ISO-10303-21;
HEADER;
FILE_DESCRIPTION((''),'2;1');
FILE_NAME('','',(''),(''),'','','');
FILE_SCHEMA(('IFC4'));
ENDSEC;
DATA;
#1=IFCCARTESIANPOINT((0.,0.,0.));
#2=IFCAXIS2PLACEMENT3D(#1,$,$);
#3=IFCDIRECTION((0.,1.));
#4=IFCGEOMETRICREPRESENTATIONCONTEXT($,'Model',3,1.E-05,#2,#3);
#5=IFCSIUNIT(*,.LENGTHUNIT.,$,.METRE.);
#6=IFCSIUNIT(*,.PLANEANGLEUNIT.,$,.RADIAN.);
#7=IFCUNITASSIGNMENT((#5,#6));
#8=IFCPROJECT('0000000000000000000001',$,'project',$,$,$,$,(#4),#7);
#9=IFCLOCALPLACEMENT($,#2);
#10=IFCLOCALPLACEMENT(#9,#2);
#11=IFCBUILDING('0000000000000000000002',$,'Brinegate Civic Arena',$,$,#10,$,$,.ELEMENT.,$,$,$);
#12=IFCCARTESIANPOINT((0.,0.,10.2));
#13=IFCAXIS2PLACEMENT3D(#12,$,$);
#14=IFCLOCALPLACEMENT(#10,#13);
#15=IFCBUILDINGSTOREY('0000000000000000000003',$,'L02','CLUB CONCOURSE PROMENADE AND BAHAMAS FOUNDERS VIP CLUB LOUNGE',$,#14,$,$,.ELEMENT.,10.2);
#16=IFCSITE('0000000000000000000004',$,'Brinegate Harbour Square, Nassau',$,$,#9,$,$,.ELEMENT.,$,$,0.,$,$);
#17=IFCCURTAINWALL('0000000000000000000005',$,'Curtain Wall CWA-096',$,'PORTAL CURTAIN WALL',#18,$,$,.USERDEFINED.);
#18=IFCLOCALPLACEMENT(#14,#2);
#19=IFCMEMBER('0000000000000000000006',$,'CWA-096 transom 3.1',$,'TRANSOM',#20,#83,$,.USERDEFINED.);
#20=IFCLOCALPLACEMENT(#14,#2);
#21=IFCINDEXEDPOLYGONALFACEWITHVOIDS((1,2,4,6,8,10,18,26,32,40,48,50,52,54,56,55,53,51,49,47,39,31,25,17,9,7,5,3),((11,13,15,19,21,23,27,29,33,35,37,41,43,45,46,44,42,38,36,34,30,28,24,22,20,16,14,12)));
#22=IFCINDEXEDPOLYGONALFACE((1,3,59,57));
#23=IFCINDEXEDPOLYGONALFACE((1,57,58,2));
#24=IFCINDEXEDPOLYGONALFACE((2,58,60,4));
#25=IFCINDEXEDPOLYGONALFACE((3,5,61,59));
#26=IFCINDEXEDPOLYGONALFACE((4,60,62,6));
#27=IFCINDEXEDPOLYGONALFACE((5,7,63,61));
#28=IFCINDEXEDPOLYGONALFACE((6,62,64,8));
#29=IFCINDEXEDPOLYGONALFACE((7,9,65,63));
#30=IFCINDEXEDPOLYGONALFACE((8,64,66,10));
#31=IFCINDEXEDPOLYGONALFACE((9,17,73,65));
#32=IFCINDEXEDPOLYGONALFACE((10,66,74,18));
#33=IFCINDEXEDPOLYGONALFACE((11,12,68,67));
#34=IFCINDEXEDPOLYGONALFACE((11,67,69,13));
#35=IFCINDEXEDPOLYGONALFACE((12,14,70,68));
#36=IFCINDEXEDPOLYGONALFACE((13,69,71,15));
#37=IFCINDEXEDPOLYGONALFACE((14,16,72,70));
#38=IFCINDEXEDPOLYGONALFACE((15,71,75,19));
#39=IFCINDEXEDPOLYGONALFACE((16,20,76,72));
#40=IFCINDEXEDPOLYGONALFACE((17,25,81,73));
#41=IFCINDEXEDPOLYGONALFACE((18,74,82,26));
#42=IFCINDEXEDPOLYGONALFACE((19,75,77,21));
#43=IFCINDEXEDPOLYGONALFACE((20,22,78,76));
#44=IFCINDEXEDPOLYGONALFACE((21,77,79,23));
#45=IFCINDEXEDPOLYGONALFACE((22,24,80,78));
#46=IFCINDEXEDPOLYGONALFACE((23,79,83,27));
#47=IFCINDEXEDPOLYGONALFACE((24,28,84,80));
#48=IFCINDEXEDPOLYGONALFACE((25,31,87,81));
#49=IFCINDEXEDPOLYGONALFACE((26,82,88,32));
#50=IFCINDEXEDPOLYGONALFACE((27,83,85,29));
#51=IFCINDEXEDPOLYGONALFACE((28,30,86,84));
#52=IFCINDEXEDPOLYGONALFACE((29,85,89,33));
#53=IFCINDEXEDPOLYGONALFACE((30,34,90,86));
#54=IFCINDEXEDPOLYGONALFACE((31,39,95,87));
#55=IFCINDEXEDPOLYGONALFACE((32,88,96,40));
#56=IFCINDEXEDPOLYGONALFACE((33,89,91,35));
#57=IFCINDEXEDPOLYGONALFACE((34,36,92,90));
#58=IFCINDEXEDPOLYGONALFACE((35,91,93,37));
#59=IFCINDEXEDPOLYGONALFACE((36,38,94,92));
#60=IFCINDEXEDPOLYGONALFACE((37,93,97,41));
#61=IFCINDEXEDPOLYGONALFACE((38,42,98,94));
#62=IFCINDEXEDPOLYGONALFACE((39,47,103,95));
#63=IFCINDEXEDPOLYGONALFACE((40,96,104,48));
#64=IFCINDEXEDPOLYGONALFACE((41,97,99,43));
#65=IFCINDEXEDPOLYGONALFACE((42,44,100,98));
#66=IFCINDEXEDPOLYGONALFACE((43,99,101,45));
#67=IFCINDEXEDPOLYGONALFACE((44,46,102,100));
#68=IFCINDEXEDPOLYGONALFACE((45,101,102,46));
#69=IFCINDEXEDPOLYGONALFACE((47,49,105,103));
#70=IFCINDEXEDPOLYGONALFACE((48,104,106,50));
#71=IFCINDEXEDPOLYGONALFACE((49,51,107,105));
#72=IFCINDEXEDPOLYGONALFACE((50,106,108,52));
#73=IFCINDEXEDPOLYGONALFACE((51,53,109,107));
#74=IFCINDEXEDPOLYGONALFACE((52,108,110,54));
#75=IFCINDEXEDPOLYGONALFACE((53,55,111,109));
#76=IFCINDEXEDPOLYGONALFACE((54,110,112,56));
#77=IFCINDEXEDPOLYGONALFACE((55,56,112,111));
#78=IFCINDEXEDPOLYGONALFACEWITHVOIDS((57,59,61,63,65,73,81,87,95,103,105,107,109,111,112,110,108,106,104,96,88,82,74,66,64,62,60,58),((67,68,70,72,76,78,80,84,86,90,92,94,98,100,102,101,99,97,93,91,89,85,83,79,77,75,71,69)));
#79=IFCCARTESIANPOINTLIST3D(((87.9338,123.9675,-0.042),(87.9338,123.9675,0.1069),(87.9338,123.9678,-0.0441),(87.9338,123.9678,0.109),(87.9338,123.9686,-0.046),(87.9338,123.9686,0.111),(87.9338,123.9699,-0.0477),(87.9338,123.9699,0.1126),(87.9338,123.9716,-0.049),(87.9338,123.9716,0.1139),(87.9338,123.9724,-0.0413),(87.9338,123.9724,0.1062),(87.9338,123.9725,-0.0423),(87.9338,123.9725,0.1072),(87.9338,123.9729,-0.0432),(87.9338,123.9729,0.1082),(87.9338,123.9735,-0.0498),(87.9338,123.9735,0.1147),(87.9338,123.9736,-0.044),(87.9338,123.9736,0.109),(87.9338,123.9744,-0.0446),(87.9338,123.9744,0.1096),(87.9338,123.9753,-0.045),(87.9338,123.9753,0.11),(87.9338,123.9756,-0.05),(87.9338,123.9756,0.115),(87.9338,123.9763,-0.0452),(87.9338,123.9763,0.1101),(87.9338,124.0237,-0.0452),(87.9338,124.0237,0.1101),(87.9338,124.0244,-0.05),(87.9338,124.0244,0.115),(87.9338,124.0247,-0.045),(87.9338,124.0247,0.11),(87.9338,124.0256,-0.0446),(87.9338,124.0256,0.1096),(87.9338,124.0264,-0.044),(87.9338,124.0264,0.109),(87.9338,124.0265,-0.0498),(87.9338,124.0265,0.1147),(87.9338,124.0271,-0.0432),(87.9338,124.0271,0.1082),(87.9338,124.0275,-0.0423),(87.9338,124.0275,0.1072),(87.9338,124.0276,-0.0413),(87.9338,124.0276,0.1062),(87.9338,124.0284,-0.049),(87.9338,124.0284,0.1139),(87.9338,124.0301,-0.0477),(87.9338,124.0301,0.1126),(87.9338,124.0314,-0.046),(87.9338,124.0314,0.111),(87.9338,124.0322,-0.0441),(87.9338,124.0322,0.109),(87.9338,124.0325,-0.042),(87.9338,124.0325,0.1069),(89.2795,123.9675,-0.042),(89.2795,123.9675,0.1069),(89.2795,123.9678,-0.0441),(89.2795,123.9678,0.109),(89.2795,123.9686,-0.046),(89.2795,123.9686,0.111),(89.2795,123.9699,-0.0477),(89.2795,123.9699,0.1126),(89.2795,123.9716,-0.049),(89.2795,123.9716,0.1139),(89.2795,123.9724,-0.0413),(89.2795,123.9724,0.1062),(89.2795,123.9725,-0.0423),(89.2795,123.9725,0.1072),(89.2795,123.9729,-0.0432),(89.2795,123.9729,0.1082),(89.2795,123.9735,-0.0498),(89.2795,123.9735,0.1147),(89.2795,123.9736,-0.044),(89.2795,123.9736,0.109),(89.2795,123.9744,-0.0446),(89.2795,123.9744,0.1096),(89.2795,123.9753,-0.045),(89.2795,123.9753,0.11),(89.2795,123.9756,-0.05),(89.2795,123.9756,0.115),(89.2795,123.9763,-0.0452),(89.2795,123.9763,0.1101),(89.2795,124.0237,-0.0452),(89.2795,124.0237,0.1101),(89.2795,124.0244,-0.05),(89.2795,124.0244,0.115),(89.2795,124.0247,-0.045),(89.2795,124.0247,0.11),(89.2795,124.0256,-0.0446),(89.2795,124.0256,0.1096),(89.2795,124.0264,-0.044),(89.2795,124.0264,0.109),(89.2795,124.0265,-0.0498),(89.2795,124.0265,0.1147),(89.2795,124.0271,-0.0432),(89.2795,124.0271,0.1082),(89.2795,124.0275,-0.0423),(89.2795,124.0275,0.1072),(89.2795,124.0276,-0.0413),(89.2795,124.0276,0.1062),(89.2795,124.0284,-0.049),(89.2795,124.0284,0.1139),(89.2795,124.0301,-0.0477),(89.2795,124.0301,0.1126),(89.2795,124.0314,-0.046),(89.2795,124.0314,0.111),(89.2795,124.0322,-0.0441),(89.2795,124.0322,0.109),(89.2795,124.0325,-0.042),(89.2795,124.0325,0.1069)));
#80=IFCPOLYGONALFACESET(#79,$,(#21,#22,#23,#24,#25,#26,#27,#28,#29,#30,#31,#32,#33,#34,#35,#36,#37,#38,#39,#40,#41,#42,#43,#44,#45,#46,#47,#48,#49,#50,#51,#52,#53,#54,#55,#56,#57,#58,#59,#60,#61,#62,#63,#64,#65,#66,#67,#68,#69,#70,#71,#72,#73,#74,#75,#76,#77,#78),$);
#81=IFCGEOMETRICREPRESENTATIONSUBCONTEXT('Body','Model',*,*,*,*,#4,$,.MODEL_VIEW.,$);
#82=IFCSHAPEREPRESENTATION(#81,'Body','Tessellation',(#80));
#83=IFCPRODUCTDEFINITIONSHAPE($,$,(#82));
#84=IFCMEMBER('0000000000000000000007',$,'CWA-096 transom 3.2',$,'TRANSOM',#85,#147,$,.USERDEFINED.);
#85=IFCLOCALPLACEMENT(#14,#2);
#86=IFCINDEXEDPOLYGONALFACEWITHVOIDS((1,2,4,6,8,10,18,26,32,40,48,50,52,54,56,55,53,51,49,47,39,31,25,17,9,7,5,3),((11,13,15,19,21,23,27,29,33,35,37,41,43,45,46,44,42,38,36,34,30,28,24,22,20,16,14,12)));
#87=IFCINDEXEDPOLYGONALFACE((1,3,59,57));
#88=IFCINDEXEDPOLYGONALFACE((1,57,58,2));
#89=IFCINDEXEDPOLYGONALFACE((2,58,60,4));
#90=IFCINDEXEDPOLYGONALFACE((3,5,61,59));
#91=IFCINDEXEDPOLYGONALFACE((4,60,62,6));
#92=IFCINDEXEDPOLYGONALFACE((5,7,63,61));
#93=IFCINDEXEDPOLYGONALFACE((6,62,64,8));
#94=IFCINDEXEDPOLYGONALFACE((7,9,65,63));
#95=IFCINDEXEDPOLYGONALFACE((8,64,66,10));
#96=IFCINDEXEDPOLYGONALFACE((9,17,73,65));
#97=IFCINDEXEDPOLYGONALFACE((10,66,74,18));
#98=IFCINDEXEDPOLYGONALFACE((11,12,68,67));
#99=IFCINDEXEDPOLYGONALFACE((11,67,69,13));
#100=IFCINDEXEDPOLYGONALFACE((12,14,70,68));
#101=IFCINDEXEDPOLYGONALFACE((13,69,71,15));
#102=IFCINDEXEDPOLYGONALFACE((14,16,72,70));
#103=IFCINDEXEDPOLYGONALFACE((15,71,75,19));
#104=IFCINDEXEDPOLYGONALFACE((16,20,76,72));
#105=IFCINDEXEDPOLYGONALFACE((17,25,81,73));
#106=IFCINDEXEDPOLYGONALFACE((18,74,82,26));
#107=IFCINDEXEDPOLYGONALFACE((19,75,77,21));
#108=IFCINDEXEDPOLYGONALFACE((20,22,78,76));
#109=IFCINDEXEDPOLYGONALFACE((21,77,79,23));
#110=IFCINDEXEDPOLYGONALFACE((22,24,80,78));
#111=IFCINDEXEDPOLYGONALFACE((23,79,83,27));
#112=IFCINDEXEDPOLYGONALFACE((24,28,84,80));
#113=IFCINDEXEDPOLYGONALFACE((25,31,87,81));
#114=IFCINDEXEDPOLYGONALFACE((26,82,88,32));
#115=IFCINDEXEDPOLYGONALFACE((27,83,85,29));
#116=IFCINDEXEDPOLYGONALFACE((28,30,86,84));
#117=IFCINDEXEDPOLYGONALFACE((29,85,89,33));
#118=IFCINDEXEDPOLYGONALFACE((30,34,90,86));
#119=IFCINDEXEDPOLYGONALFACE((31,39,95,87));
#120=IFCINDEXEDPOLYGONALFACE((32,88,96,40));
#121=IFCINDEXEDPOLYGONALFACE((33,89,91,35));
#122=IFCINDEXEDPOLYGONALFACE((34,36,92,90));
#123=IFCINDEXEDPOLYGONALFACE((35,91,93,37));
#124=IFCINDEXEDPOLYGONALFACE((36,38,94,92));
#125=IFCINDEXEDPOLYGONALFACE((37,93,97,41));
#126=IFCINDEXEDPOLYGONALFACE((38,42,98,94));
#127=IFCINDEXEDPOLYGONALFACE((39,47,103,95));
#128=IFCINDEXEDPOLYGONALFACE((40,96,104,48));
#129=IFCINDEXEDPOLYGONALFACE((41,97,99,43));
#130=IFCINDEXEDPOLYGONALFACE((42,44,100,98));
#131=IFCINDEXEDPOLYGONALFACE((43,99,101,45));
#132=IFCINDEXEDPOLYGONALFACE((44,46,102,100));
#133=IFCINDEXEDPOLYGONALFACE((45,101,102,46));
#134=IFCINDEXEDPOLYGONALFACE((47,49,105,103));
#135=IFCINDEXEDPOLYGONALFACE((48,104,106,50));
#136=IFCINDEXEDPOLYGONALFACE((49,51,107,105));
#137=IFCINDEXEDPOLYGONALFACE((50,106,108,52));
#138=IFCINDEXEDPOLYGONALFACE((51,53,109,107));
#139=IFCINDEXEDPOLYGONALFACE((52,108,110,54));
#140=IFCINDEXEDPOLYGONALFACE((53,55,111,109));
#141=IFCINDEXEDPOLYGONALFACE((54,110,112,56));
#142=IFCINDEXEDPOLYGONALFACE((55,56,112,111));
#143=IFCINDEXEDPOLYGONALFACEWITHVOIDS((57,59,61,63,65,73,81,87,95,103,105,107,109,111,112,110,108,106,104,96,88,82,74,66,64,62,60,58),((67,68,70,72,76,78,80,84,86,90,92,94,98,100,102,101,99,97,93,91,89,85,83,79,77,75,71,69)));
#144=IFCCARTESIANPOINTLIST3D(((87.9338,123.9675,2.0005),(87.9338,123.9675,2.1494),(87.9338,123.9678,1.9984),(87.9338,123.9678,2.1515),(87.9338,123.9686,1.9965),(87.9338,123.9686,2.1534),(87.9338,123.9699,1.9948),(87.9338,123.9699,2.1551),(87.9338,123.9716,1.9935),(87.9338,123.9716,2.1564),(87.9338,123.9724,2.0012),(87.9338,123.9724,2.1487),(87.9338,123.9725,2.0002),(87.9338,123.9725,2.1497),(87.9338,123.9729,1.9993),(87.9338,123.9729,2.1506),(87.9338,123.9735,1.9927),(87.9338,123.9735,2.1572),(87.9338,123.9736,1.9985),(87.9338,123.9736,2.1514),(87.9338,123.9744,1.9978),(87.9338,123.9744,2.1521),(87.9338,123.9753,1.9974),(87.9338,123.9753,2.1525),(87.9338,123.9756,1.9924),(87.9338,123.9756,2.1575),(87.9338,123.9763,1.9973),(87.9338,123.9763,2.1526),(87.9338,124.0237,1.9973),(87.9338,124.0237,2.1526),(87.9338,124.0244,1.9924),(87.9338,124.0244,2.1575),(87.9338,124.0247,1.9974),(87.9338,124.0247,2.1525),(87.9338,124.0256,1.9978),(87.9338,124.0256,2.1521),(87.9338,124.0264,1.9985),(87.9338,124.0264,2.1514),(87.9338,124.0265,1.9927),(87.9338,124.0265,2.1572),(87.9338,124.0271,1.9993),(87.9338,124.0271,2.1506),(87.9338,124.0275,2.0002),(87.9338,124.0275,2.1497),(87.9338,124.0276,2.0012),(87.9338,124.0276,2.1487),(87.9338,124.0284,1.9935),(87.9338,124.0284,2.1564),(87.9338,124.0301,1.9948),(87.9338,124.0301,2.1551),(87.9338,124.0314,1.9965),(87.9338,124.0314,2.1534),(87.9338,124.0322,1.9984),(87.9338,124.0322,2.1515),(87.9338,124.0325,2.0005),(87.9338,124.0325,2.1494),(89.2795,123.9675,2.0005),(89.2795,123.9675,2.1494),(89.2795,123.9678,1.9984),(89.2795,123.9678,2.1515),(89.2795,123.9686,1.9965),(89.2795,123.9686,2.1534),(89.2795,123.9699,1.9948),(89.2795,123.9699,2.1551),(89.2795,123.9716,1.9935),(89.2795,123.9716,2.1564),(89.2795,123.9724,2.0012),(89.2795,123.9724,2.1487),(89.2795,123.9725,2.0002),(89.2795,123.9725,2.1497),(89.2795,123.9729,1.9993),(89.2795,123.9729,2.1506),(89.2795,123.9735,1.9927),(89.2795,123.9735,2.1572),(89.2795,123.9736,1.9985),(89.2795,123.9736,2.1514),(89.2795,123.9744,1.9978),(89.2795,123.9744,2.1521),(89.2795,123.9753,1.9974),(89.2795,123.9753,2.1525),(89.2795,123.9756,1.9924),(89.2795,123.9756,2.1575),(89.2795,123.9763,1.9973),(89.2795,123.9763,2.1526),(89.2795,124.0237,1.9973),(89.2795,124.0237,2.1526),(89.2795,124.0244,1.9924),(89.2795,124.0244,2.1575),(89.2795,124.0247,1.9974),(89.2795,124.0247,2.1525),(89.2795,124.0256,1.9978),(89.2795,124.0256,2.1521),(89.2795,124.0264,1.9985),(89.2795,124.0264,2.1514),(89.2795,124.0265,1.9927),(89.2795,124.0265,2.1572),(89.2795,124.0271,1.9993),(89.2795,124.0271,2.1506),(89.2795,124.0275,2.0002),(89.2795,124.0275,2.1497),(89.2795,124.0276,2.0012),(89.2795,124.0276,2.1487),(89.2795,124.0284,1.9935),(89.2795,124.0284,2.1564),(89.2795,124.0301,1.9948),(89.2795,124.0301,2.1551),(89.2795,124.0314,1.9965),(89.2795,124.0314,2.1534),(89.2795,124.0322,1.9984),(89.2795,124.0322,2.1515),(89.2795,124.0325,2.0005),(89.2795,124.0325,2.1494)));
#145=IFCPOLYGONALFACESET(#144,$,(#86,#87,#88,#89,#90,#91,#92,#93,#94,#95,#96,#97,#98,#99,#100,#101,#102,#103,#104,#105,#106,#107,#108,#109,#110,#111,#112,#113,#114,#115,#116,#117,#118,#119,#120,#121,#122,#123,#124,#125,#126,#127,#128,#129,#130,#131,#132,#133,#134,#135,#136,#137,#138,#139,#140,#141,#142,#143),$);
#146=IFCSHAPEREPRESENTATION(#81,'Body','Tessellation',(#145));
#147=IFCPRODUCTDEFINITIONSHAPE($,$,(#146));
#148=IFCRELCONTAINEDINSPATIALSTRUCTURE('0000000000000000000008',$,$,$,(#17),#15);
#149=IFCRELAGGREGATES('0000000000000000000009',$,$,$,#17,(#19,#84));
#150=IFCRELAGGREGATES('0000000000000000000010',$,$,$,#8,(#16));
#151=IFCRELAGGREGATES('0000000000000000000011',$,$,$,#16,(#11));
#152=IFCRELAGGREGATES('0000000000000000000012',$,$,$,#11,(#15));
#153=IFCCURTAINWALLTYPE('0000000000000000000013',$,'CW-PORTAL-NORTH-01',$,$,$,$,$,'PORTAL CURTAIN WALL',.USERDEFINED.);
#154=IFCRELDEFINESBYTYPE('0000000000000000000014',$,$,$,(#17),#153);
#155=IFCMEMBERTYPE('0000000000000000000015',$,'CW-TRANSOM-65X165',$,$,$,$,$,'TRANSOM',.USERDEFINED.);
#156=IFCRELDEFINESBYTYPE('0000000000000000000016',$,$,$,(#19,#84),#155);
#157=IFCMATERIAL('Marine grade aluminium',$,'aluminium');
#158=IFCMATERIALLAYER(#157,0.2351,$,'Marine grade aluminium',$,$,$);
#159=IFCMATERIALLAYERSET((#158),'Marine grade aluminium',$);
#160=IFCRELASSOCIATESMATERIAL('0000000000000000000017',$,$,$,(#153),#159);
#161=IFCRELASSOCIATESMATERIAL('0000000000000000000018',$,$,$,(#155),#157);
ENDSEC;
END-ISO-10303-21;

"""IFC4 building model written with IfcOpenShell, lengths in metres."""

from ifc_helpers import new_model, si_unit, direction, frame, origin, origin_2d, place, context, subcontext, project, spatial, hollow_rectangle, extrude, material, layer, layer_set, material_profile, profile_set, type_object, element, aggregate, save


model = new_model("IFC4")

# Units and contexts
model_context = context("Model", 3, precision=1e-05, world=origin(), true_north=direction((0.0, 1.0)))
body_context = subcontext(model_context, "Body", "Model", "MODEL_VIEW")
ifc_project = project(units=[si_unit("LENGTHUNIT", "METRE"), si_unit("PLANEANGLEUNIT", "RADIAN")], contexts=[model_context])

# Site, building, storey
site_placement = place(None, origin())
site = spatial("IfcSite", under=ifc_project, at=site_placement, Name="Brinegate Harbour Square, Nassau", CompositionType="ELEMENT", RefElevation=0.0)
building_placement = place(site_placement, origin())
building = spatial("IfcBuilding", under=site, at=building_placement, Name="Brinegate Civic Arena", CompositionType="ELEMENT")
storey_placement = place(building_placement, frame((0.0, 0.0, 10.2)))
storey = spatial("IfcBuildingStorey", under=building, at=storey_placement, Name="L02", Description="CLUB CONCOURSE PROMENADE AND BAHAMAS FOUNDERS VIP CLUB LOUNGE", CompositionType="ELEMENT", Elevation=10.2)

# Curtain wall, members
ifc_material_1 = material(Name="Marine grade aluminium", Category="aluminium")
ifc_layer_1 = layer(ifc_material_1, 0.2351, Name="Marine grade aluminium")
ifc_layer_set_1 = layer_set([ifc_layer_1], Name="Marine grade aluminium")
curtain_wall_type = type_object("IfcCurtainWallType", Name="CW-PORTAL-NORTH-01", ElementType="PORTAL CURTAIN WALL", PredefinedType="USERDEFINED", material=ifc_layer_set_1)
curtain_wall_placement = place(storey_placement, origin())
curtain_wall = element("IfcCurtainWall", 1, at=curtain_wall_placement, inside=storey, type_object=curtain_wall_type, Name="Curtain Wall CWA-096", ObjectType="PORTAL CURTAIN WALL", PredefinedType="USERDEFINED")
ifc_material_profile_1 = material_profile(ifc_material_1, hollow_rectangle(XDim=0.0649, YDim=0.165, WallThickness=0.0049, InnerFilletRadius=0.0039, OuterFilletRadius=0.0081, at=origin_2d()), Name="TRN65X165")
ifc_profile_set_1 = profile_set([ifc_material_profile_1], Name="Marine grade aluminium")
member_type_1 = type_object("IfcMemberType", Name="CW-TRANSOM-65X165", ElementType="TRANSOM", PredefinedType="USERDEFINED", material=ifc_profile_set_1)
member_1_placement = place(storey_placement, frame((87.9338, 124.0, 0.0325), z_axis=(1.0, 0.0, 0.0), x_axis=(0.0, 1.0, 0.0)))
member_1 = element("IfcMember", 2, at=member_1_placement, type_object=member_type_1, Name="CWA-096 transom 3.1", ObjectType="TRANSOM", PredefinedType="USERDEFINED", context=body_context, shape_type="SweptSolid", body=[
    extrude(hollow_rectangle(XDim=0.0649, YDim=0.165, WallThickness=0.0049, InnerFilletRadius=0.0039, OuterFilletRadius=0.0081, at=origin_2d()), origin(), (0.0, 0.0, 1.0), 1.3457),
])
member_2_placement = place(storey_placement, frame((87.9338, 124.0, 2.075), z_axis=(1.0, 0.0, 0.0), x_axis=(0.0, 1.0, 0.0)))
member_2 = element("IfcMember", 3, at=member_2_placement, type_object=member_type_1, Name="CWA-096 transom 3.2", ObjectType="TRANSOM", PredefinedType="USERDEFINED", context=body_context, shape_type="SweptSolid", body=[
    extrude(hollow_rectangle(XDim=0.0649, YDim=0.165, WallThickness=0.0049, InnerFilletRadius=0.0039, OuterFilletRadius=0.0081, at=origin_2d()), origin(), (0.0, 0.0, 1.0), 1.3457),
])

aggregate(curtain_wall, [member_1, member_2])

save(model, "model.ifc")
